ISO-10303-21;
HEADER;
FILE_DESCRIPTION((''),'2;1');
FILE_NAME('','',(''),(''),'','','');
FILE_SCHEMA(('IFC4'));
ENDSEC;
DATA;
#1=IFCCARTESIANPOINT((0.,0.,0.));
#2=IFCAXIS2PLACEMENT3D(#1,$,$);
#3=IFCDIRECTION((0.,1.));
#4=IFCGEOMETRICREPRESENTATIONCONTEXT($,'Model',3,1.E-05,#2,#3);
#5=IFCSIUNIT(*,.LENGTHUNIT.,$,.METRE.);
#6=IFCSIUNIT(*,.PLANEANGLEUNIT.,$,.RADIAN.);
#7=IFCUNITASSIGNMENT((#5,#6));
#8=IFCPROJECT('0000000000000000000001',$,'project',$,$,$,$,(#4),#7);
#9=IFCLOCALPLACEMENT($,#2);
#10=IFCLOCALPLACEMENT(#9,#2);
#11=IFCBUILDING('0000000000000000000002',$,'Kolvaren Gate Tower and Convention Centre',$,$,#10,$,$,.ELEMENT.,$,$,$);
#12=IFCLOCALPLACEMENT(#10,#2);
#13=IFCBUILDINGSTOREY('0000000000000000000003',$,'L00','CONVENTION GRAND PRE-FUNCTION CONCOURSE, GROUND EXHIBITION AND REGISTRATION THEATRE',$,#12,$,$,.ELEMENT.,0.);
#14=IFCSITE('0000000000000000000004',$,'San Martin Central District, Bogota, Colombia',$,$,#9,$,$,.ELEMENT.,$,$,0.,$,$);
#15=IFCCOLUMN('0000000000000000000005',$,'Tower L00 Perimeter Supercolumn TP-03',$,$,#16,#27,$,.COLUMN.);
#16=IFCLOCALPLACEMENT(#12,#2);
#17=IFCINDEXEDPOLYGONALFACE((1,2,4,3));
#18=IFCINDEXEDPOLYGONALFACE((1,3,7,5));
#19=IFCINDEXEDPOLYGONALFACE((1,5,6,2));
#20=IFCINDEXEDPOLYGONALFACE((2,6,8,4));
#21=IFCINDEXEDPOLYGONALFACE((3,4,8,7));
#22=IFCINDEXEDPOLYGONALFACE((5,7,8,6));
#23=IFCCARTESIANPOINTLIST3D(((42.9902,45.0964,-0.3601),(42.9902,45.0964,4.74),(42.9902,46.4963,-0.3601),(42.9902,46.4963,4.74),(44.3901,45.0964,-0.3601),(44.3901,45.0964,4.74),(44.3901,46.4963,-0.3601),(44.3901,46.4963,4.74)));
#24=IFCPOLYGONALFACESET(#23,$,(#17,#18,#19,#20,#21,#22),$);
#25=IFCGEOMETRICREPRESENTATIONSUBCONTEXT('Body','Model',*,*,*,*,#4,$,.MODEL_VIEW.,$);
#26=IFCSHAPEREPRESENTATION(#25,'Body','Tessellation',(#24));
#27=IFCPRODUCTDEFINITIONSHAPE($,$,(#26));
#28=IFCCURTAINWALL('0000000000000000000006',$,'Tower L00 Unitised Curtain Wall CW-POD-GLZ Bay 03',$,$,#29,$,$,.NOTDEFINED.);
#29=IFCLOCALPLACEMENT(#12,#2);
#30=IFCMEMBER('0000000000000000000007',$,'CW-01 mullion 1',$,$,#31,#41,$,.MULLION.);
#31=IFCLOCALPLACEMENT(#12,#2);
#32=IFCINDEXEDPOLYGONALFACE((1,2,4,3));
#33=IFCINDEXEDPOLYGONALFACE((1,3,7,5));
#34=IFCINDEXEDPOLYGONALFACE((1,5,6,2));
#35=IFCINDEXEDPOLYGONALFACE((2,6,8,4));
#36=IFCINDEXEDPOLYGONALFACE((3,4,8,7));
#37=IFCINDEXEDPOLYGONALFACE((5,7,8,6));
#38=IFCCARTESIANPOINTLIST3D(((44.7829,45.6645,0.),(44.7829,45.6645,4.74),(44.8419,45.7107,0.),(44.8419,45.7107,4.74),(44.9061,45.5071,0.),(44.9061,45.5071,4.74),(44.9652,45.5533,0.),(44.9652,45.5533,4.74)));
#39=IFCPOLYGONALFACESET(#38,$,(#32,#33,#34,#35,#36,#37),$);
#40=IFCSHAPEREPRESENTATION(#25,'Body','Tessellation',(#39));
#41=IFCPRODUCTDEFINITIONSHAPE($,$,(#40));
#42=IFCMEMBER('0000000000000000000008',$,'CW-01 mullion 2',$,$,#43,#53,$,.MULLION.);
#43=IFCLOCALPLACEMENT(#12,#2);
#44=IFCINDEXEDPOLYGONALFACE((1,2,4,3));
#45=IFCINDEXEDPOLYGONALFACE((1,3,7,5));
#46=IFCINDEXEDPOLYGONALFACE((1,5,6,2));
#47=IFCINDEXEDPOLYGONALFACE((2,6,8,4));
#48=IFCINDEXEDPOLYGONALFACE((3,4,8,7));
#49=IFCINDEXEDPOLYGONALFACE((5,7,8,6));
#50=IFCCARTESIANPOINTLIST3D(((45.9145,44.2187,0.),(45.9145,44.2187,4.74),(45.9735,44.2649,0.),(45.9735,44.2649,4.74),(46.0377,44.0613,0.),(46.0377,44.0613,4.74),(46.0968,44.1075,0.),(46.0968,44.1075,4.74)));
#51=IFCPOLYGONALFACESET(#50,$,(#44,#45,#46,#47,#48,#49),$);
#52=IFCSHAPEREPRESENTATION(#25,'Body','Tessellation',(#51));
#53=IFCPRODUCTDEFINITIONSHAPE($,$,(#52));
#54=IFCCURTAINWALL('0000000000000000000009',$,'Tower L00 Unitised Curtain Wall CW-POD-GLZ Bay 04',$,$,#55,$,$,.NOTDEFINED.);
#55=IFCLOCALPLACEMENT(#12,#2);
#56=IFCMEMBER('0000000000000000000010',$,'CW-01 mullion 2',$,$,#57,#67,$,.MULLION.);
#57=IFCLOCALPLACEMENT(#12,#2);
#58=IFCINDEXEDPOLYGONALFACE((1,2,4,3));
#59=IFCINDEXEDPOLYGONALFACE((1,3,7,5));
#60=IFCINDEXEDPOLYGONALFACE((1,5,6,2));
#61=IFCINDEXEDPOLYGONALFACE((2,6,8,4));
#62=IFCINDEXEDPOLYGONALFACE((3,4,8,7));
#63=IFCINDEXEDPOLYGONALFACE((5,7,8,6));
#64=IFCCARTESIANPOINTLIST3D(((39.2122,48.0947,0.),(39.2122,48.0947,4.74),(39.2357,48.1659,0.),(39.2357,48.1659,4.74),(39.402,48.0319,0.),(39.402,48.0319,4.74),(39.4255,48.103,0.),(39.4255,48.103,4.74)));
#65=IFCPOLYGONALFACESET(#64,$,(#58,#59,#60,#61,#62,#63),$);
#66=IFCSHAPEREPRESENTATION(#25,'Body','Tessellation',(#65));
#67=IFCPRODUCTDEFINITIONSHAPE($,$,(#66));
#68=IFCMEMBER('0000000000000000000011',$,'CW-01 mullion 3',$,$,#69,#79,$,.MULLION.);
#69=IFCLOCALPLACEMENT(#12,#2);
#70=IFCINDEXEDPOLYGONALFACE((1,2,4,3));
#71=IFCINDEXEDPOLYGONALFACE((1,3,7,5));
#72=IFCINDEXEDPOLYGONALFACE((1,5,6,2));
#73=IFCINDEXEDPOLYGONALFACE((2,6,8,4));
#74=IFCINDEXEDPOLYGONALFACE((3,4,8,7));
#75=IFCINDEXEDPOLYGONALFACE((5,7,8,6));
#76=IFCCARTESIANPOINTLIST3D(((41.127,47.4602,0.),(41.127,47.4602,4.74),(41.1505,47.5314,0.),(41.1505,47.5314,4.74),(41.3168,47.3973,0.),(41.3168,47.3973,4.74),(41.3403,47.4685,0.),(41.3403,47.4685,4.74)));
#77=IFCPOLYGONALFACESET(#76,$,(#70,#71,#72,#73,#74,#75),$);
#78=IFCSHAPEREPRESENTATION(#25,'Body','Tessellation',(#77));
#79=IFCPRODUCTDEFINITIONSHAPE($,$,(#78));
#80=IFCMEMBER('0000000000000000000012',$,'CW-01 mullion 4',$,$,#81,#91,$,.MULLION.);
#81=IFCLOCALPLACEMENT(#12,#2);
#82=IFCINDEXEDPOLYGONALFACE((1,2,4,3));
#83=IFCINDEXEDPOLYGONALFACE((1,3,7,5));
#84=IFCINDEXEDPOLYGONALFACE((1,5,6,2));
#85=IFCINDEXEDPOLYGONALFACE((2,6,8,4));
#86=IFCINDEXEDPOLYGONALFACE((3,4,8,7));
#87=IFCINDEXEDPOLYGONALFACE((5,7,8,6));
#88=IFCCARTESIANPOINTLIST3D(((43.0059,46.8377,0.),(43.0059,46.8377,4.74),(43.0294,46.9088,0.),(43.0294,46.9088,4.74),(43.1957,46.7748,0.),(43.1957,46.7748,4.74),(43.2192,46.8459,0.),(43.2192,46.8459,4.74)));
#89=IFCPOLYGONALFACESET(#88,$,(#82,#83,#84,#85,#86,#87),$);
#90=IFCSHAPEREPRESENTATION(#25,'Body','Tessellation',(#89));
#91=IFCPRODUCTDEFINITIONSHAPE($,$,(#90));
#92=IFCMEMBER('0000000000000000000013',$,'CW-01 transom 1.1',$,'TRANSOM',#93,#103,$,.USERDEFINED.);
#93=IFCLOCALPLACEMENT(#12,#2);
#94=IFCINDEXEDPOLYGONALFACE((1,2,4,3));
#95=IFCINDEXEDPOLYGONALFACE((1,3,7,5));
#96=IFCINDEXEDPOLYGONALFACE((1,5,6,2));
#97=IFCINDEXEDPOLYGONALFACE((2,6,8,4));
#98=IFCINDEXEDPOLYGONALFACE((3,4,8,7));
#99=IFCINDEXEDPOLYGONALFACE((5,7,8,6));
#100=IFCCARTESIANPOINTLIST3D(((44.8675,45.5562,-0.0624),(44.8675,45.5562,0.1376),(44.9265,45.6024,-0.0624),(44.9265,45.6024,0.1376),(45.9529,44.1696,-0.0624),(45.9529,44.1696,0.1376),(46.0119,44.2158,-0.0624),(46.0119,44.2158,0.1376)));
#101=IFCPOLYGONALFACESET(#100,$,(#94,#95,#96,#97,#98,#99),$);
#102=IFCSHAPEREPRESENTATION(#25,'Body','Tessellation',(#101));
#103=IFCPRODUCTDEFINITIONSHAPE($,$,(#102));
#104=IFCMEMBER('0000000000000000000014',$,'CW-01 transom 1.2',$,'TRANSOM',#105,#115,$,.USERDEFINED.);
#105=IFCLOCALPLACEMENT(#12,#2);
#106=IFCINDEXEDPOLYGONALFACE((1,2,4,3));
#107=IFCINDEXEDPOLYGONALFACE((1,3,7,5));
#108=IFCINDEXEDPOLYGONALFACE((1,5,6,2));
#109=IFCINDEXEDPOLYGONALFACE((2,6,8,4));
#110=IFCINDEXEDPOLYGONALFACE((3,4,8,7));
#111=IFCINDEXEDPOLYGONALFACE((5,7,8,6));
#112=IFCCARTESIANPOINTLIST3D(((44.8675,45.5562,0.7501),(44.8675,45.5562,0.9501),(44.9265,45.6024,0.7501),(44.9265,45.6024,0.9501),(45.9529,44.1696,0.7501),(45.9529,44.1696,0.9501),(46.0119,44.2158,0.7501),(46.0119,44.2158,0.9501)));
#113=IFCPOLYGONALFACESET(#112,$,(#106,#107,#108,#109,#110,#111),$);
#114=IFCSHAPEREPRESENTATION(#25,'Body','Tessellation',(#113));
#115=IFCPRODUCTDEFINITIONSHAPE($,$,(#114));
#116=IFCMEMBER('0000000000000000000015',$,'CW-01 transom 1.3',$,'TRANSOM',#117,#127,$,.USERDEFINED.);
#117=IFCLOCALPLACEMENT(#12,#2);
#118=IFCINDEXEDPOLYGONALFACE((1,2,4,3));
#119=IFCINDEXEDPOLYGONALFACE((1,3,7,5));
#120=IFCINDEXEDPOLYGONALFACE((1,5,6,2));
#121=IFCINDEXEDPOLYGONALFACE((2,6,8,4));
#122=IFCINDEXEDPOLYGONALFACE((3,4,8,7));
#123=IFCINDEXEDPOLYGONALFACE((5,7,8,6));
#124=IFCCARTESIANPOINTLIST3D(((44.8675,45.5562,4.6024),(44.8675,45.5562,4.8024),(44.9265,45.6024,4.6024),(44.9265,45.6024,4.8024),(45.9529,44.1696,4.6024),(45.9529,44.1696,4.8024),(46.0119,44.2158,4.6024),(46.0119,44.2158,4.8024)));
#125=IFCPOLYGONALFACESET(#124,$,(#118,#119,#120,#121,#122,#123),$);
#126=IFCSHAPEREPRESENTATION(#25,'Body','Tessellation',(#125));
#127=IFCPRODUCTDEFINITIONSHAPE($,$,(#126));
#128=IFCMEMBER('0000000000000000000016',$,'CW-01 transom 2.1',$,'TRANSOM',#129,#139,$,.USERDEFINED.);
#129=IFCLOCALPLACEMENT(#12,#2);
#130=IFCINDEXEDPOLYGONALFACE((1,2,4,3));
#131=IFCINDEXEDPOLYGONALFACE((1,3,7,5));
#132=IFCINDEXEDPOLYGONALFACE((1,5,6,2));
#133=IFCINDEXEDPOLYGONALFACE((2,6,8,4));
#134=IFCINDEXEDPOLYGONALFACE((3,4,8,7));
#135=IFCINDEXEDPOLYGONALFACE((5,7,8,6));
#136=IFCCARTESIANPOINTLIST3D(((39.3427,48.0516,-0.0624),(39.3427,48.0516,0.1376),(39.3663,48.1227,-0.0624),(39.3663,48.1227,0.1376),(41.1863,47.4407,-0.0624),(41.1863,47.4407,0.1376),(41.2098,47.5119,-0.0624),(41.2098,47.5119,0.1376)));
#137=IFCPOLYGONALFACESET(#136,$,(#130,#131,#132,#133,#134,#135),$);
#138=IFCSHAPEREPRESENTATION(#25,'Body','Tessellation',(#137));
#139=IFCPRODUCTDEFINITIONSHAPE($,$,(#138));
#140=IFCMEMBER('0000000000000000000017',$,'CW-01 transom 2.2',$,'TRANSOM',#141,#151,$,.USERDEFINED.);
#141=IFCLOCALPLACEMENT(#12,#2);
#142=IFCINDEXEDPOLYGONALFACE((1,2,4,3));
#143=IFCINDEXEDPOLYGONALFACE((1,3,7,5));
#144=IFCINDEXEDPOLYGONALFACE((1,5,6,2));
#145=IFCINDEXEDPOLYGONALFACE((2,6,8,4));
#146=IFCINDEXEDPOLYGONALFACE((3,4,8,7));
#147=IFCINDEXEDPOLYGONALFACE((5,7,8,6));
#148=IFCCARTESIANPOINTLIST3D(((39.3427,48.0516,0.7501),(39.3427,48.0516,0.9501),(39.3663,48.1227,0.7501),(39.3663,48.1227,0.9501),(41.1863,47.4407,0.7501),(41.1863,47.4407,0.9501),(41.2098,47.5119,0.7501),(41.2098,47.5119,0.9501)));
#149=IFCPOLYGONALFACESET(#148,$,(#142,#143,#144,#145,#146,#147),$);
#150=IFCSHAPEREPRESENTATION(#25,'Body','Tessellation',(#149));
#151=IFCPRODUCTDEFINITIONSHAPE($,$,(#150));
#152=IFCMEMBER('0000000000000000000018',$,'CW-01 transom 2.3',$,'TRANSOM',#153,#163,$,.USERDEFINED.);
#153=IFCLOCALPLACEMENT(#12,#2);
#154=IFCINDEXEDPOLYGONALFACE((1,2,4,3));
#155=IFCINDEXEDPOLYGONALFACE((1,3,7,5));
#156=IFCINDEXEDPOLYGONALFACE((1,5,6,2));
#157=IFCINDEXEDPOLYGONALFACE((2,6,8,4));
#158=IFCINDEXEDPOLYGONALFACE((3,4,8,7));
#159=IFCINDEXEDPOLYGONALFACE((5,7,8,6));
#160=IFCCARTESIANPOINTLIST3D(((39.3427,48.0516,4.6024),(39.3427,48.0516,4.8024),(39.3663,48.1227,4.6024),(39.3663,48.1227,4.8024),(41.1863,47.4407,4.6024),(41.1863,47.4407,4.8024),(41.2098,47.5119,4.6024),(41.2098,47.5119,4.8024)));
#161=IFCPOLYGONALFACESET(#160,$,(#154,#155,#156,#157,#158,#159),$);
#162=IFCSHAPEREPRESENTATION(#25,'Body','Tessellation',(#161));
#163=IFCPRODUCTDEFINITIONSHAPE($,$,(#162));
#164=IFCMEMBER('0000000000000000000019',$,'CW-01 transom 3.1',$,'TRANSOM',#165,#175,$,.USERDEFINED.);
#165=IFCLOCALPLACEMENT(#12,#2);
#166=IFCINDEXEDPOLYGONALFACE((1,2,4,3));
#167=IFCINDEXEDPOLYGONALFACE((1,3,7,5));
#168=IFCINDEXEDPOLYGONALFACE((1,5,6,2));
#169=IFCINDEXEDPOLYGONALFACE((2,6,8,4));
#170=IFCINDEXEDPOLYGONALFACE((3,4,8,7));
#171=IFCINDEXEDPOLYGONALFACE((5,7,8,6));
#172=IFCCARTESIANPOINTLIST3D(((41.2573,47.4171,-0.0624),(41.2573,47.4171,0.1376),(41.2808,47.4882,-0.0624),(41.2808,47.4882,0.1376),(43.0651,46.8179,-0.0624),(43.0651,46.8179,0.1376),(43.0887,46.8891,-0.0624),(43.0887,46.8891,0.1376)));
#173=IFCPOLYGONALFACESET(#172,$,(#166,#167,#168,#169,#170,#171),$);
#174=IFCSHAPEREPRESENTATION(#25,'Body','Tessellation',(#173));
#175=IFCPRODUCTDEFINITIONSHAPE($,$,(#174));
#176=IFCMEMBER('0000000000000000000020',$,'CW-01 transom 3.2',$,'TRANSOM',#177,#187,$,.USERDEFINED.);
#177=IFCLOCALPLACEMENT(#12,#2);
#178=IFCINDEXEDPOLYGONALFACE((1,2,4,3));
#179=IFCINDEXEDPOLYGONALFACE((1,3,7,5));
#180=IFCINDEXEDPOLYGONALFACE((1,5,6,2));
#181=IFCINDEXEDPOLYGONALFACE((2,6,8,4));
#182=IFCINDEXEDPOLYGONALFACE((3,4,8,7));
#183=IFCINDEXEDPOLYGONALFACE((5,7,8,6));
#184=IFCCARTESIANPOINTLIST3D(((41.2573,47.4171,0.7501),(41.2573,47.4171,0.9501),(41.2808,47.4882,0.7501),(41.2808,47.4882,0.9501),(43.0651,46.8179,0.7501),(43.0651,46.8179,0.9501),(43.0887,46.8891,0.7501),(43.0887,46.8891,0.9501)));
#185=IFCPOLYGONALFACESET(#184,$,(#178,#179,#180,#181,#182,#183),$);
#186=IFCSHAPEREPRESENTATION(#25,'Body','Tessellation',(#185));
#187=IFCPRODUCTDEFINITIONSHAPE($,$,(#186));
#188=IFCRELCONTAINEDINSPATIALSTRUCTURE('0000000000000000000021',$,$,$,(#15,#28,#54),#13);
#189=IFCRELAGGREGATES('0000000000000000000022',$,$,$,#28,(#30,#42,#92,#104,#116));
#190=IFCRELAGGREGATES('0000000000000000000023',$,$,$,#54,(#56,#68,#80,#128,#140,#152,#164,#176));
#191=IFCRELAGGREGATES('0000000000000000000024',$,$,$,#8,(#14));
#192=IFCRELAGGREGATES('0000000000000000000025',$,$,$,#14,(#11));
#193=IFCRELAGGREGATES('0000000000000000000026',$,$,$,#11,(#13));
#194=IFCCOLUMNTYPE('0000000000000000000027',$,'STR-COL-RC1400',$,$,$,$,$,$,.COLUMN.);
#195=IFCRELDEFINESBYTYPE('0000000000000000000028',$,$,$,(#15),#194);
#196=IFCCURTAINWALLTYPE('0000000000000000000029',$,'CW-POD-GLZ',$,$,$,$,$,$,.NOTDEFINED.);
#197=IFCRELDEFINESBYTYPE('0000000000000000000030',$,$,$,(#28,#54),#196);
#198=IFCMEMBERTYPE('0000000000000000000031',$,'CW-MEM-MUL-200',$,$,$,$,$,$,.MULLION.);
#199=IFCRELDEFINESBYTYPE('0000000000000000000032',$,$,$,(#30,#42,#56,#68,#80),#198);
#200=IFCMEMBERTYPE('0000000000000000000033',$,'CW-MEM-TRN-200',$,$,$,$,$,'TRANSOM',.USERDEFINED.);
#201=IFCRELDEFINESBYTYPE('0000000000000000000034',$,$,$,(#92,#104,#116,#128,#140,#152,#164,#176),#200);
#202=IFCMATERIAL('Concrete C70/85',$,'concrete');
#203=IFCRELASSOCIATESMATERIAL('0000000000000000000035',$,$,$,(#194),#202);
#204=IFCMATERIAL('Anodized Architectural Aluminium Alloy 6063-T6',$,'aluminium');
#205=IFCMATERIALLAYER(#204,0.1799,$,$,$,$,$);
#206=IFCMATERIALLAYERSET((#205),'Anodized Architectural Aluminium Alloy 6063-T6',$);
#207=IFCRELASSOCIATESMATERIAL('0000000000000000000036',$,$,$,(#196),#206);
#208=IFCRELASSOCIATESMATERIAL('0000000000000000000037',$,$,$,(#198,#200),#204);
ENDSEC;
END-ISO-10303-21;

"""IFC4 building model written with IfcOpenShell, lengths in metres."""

from ifc_helpers import new_model, si_unit, direction, frame, origin, origin_2d, place, context, subcontext, project, spatial, rectangle, extrude, material, layer, layer_set, material_profile, profile_set, type_object, element, aggregate, save


model = new_model("IFC4")

# Units and contexts
model_context = context("Model", 3, precision=1e-05, world=origin(), true_north=direction((0.0, 1.0)))
body_context = subcontext(model_context, "Body", "Model", "MODEL_VIEW")
ifc_project = project(units=[si_unit("LENGTHUNIT", "METRE"), si_unit("PLANEANGLEUNIT", "RADIAN")], contexts=[model_context])

# Site, building, storey
site_placement = place(None, origin())
site = spatial("IfcSite", under=ifc_project, at=site_placement, Name="San Martin Central District, Bogota, Colombia", CompositionType="ELEMENT", RefElevation=0.0)
building_placement = place(site_placement, origin())
building = spatial("IfcBuilding", under=site, at=building_placement, Name="Kolvaren Gate Tower and Convention Centre", CompositionType="ELEMENT")
storey_placement = place(building_placement, origin())
storey = spatial("IfcBuildingStorey", under=building, at=storey_placement, Name="L00", Description="CONVENTION GRAND PRE-FUNCTION CONCOURSE, GROUND EXHIBITION AND REGISTRATION THEATRE", CompositionType="ELEMENT", Elevation=0.0)

# Column
ifc_material_1 = material(Name="Concrete C70/85", Category="concrete")
ifc_material_profile_1 = material_profile(ifc_material_1, rectangle(XDim=1.3999, YDim=1.3999, at=origin_2d()), Name="RC-COL-1400X1400")
ifc_profile_set_1 = profile_set([ifc_material_profile_1], Name="Concrete C70/85")
column_type = type_object("IfcColumnType", Name="STR-COL-RC1400", PredefinedType="COLUMN", material=ifc_profile_set_1)
column_placement = place(storey_placement, frame((43.6902, 45.7964, -0.3601), z_axis=(0.0, 0.0, 1.0), x_axis=(1.0, 0.0, 0.0)))
element("IfcColumn", 1, at=column_placement, inside=storey, type_object=column_type, Name="Tower L00 Perimeter Supercolumn TP-03", PredefinedType="COLUMN", context=body_context, shape_type="SweptSolid", body=[
    extrude(rectangle(XDim=1.3999, YDim=1.3999, at=origin_2d()), origin(), (0.0, 0.0, 1.0), 5.1001),
])

# Curtain walls, members
ifc_material_2 = material(Name="Anodized Architectural Aluminium Alloy 6063-T6", Category="aluminium")
ifc_layer_1 = layer(ifc_material_2, 0.1799)
ifc_layer_set_1 = layer_set([ifc_layer_1], Name="Anodized Architectural Aluminium Alloy 6063-T6")
curtain_wall_type = type_object("IfcCurtainWallType", Name="CW-POD-GLZ", PredefinedType="NOTDEFINED", material=ifc_layer_set_1)
curtain_wall_1_placement = place(storey_placement, origin())
curtain_wall_1 = element("IfcCurtainWall", 2, at=curtain_wall_1_placement, inside=storey, type_object=curtain_wall_type, Name="Tower L00 Unitised Curtain Wall CW-POD-GLZ Bay 03", PredefinedType="NOTDEFINED")
ifc_material_profile_2 = material_profile(ifc_material_2, rectangle(XDim=0.075, YDim=0.2, at=origin_2d()), Name="CW-MEM-MUL-200")
ifc_profile_set_2 = profile_set([ifc_material_profile_2], Name="Anodized Architectural Aluminium Alloy 6063-T6")
member_type_1 = type_object("IfcMemberType", Name="CW-MEM-MUL-200", PredefinedType="MULLION", material=ifc_profile_set_2)
member_1_placement = place(storey_placement, frame((44.874, 45.6089, 0.0), z_axis=(0.0, 0.0, 1.0), x_axis=(0.787413, 0.616426, 0.0)))
member_1 = element("IfcMember", 3, at=member_1_placement, type_object=member_type_1, Name="CW-01 mullion 1", PredefinedType="MULLION", context=body_context, shape_type="SweptSolid", body=[
    extrude(rectangle(XDim=0.075, YDim=0.2, at=origin_2d()), origin(), (0.0, 0.0, 1.0), 4.74),
])
member_2_placement = place(storey_placement, frame((46.0056, 44.1631, 0.0), z_axis=(0.0, 0.0, 1.0), x_axis=(0.787413, 0.616426, 0.0)))
member_2 = element("IfcMember", 4, at=member_2_placement, type_object=member_type_1, Name="CW-01 mullion 2", PredefinedType="MULLION", context=body_context, shape_type="SweptSolid", body=[
    extrude(rectangle(XDim=0.075, YDim=0.2, at=origin_2d()), origin(), (0.0, 0.0, 1.0), 4.74),
])
curtain_wall_2_placement = place(storey_placement, origin())
curtain_wall_2 = element("IfcCurtainWall", 5, at=curtain_wall_2_placement, inside=storey, type_object=curtain_wall_type, Name="Tower L00 Unitised Curtain Wall CW-POD-GLZ Bay 04", PredefinedType="NOTDEFINED")
member_3_placement = place(storey_placement, frame((39.3188, 48.0989, 0.0), z_axis=(0.0, 0.0, 1.0), x_axis=(0.314542, 0.949244, 0.0)))
member_3 = element("IfcMember", 6, at=member_3_placement, type_object=member_type_1, Name="CW-01 mullion 2", PredefinedType="MULLION", context=body_context, shape_type="SweptSolid", body=[
    extrude(rectangle(XDim=0.075, YDim=0.2, at=origin_2d()), origin(), (0.0, 0.0, 1.0), 4.74),
])
member_4_placement = place(storey_placement, frame((41.2336, 47.4644, 0.0), z_axis=(0.0, 0.0, 1.0), x_axis=(0.314542, 0.949244, 0.0)))
member_4 = element("IfcMember", 7, at=member_4_placement, type_object=member_type_1, Name="CW-01 mullion 3", PredefinedType="MULLION", context=body_context, shape_type="SweptSolid", body=[
    extrude(rectangle(XDim=0.075, YDim=0.2, at=origin_2d()), origin(), (0.0, 0.0, 1.0), 4.74),
])
member_5_placement = place(storey_placement, frame((43.1125, 46.8418, 0.0), z_axis=(0.0, 0.0, 1.0), x_axis=(0.314542, 0.949244, 0.0)))
member_5 = element("IfcMember", 8, at=member_5_placement, type_object=member_type_1, Name="CW-01 mullion 4", PredefinedType="MULLION", context=body_context, shape_type="SweptSolid", body=[
    extrude(rectangle(XDim=0.075, YDim=0.2, at=origin_2d()), origin(), (0.0, 0.0, 1.0), 4.74),
])

# Members
ifc_material_profile_3 = material_profile(ifc_material_2, rectangle(XDim=0.075, YDim=0.2, at=origin_2d()), Name="CW-MEM-TRN-200")
ifc_profile_set_3 = profile_set([ifc_material_profile_3], Name="Anodized Architectural Aluminium Alloy 6063-T6")
member_type_2 = type_object("IfcMemberType", Name="CW-MEM-TRN-200", ElementType="TRANSOM", PredefinedType="USERDEFINED", material=ifc_profile_set_3)
member_6_placement = place(storey_placement, frame((44.897, 45.5793, 0.0376), z_axis=(0.616376, -0.787452, 0.0), x_axis=(0.787452, 0.616376, 0.0)))
member_6 = element("IfcMember", 9, at=member_6_placement, type_object=member_type_2, Name="CW-01 transom 1.1", ObjectType="TRANSOM", PredefinedType="USERDEFINED", context=body_context, shape_type="SweptSolid", body=[
    extrude(rectangle(XDim=0.075, YDim=0.2, at=origin_2d()), origin(), (0.0, 0.0, 1.0), 1.761),
])
member_7_placement = place(storey_placement, frame((44.897, 45.5793, 0.8501), z_axis=(0.616376, -0.787452, 0.0), x_axis=(0.787452, 0.616376, 0.0)))
member_7 = element("IfcMember", 10, at=member_7_placement, type_object=member_type_2, Name="CW-01 transom 1.2", ObjectType="TRANSOM", PredefinedType="USERDEFINED", context=body_context, shape_type="SweptSolid", body=[
    extrude(rectangle(XDim=0.075, YDim=0.2, at=origin_2d()), origin(), (0.0, 0.0, 1.0), 1.761),
])
member_8_placement = place(storey_placement, frame((44.897, 45.5793, 4.7024), z_axis=(0.616376, -0.787452, 0.0), x_axis=(0.787452, 0.616376, 0.0)))
member_8 = element("IfcMember", 11, at=member_8_placement, type_object=member_type_2, Name="CW-01 transom 1.3", ObjectType="TRANSOM", PredefinedType="USERDEFINED", context=body_context, shape_type="SweptSolid", body=[
    extrude(rectangle(XDim=0.075, YDim=0.2, at=origin_2d()), origin(), (0.0, 0.0, 1.0), 1.761),
])
member_9_placement = place(storey_placement, frame((39.3545, 48.0872, 0.0376), z_axis=(0.949247, -0.31453, 0.0), x_axis=(0.31453, 0.949247, 0.0)))
member_9 = element("IfcMember", 12, at=member_9_placement, type_object=member_type_2, Name="CW-01 transom 2.1", ObjectType="TRANSOM", PredefinedType="USERDEFINED", context=body_context, shape_type="SweptSolid", body=[
    extrude(rectangle(XDim=0.075, YDim=0.2, at=origin_2d()), origin(), (0.0, 0.0, 1.0), 1.9421),
])
member_10_placement = place(storey_placement, frame((39.3545, 48.0872, 0.8501), z_axis=(0.949247, -0.31453, 0.0), x_axis=(0.31453, 0.949247, 0.0)))
member_10 = element("IfcMember", 13, at=member_10_placement, type_object=member_type_2, Name="CW-01 transom 2.2", ObjectType="TRANSOM", PredefinedType="USERDEFINED", context=body_context, shape_type="SweptSolid", body=[
    extrude(rectangle(XDim=0.075, YDim=0.2, at=origin_2d()), origin(), (0.0, 0.0, 1.0), 1.9421),
])
member_11_placement = place(storey_placement, frame((39.3545, 48.0872, 4.7024), z_axis=(0.949247, -0.31453, 0.0), x_axis=(0.31453, 0.949247, 0.0)))
member_11 = element("IfcMember", 14, at=member_11_placement, type_object=member_type_2, Name="CW-01 transom 2.3", ObjectType="TRANSOM", PredefinedType="USERDEFINED", context=body_context, shape_type="SweptSolid", body=[
    extrude(rectangle(XDim=0.075, YDim=0.2, at=origin_2d()), origin(), (0.0, 0.0, 1.0), 1.9421),
])
member_12_placement = place(storey_placement, frame((41.269, 47.4526, 0.0376), z_axis=(0.949233, -0.314574, 0.0), x_axis=(0.314574, 0.949233, 0.0)))
member_12 = element("IfcMember", 15, at=member_12_placement, type_object=member_type_2, Name="CW-01 transom 3.1", ObjectType="TRANSOM", PredefinedType="USERDEFINED", context=body_context, shape_type="SweptSolid", body=[
    extrude(rectangle(XDim=0.075, YDim=0.2, at=origin_2d()), origin(), (0.0, 0.0, 1.0), 1.9045),
])
member_13_placement = place(storey_placement, frame((41.269, 47.4526, 0.8501), z_axis=(0.949233, -0.314574, 0.0), x_axis=(0.314574, 0.949233, 0.0)))
member_13 = element("IfcMember", 16, at=member_13_placement, type_object=member_type_2, Name="CW-01 transom 3.2", ObjectType="TRANSOM", PredefinedType="USERDEFINED", context=body_context, shape_type="SweptSolid", body=[
    extrude(rectangle(XDim=0.075, YDim=0.2, at=origin_2d()), origin(), (0.0, 0.0, 1.0), 1.9045),
])

aggregate(curtain_wall_1, [member_1, member_2, member_6, member_7, member_8])
aggregate(curtain_wall_2, [member_3, member_4, member_5, member_9, member_10, member_11, member_12, member_13])

save(model, "model.ifc")
